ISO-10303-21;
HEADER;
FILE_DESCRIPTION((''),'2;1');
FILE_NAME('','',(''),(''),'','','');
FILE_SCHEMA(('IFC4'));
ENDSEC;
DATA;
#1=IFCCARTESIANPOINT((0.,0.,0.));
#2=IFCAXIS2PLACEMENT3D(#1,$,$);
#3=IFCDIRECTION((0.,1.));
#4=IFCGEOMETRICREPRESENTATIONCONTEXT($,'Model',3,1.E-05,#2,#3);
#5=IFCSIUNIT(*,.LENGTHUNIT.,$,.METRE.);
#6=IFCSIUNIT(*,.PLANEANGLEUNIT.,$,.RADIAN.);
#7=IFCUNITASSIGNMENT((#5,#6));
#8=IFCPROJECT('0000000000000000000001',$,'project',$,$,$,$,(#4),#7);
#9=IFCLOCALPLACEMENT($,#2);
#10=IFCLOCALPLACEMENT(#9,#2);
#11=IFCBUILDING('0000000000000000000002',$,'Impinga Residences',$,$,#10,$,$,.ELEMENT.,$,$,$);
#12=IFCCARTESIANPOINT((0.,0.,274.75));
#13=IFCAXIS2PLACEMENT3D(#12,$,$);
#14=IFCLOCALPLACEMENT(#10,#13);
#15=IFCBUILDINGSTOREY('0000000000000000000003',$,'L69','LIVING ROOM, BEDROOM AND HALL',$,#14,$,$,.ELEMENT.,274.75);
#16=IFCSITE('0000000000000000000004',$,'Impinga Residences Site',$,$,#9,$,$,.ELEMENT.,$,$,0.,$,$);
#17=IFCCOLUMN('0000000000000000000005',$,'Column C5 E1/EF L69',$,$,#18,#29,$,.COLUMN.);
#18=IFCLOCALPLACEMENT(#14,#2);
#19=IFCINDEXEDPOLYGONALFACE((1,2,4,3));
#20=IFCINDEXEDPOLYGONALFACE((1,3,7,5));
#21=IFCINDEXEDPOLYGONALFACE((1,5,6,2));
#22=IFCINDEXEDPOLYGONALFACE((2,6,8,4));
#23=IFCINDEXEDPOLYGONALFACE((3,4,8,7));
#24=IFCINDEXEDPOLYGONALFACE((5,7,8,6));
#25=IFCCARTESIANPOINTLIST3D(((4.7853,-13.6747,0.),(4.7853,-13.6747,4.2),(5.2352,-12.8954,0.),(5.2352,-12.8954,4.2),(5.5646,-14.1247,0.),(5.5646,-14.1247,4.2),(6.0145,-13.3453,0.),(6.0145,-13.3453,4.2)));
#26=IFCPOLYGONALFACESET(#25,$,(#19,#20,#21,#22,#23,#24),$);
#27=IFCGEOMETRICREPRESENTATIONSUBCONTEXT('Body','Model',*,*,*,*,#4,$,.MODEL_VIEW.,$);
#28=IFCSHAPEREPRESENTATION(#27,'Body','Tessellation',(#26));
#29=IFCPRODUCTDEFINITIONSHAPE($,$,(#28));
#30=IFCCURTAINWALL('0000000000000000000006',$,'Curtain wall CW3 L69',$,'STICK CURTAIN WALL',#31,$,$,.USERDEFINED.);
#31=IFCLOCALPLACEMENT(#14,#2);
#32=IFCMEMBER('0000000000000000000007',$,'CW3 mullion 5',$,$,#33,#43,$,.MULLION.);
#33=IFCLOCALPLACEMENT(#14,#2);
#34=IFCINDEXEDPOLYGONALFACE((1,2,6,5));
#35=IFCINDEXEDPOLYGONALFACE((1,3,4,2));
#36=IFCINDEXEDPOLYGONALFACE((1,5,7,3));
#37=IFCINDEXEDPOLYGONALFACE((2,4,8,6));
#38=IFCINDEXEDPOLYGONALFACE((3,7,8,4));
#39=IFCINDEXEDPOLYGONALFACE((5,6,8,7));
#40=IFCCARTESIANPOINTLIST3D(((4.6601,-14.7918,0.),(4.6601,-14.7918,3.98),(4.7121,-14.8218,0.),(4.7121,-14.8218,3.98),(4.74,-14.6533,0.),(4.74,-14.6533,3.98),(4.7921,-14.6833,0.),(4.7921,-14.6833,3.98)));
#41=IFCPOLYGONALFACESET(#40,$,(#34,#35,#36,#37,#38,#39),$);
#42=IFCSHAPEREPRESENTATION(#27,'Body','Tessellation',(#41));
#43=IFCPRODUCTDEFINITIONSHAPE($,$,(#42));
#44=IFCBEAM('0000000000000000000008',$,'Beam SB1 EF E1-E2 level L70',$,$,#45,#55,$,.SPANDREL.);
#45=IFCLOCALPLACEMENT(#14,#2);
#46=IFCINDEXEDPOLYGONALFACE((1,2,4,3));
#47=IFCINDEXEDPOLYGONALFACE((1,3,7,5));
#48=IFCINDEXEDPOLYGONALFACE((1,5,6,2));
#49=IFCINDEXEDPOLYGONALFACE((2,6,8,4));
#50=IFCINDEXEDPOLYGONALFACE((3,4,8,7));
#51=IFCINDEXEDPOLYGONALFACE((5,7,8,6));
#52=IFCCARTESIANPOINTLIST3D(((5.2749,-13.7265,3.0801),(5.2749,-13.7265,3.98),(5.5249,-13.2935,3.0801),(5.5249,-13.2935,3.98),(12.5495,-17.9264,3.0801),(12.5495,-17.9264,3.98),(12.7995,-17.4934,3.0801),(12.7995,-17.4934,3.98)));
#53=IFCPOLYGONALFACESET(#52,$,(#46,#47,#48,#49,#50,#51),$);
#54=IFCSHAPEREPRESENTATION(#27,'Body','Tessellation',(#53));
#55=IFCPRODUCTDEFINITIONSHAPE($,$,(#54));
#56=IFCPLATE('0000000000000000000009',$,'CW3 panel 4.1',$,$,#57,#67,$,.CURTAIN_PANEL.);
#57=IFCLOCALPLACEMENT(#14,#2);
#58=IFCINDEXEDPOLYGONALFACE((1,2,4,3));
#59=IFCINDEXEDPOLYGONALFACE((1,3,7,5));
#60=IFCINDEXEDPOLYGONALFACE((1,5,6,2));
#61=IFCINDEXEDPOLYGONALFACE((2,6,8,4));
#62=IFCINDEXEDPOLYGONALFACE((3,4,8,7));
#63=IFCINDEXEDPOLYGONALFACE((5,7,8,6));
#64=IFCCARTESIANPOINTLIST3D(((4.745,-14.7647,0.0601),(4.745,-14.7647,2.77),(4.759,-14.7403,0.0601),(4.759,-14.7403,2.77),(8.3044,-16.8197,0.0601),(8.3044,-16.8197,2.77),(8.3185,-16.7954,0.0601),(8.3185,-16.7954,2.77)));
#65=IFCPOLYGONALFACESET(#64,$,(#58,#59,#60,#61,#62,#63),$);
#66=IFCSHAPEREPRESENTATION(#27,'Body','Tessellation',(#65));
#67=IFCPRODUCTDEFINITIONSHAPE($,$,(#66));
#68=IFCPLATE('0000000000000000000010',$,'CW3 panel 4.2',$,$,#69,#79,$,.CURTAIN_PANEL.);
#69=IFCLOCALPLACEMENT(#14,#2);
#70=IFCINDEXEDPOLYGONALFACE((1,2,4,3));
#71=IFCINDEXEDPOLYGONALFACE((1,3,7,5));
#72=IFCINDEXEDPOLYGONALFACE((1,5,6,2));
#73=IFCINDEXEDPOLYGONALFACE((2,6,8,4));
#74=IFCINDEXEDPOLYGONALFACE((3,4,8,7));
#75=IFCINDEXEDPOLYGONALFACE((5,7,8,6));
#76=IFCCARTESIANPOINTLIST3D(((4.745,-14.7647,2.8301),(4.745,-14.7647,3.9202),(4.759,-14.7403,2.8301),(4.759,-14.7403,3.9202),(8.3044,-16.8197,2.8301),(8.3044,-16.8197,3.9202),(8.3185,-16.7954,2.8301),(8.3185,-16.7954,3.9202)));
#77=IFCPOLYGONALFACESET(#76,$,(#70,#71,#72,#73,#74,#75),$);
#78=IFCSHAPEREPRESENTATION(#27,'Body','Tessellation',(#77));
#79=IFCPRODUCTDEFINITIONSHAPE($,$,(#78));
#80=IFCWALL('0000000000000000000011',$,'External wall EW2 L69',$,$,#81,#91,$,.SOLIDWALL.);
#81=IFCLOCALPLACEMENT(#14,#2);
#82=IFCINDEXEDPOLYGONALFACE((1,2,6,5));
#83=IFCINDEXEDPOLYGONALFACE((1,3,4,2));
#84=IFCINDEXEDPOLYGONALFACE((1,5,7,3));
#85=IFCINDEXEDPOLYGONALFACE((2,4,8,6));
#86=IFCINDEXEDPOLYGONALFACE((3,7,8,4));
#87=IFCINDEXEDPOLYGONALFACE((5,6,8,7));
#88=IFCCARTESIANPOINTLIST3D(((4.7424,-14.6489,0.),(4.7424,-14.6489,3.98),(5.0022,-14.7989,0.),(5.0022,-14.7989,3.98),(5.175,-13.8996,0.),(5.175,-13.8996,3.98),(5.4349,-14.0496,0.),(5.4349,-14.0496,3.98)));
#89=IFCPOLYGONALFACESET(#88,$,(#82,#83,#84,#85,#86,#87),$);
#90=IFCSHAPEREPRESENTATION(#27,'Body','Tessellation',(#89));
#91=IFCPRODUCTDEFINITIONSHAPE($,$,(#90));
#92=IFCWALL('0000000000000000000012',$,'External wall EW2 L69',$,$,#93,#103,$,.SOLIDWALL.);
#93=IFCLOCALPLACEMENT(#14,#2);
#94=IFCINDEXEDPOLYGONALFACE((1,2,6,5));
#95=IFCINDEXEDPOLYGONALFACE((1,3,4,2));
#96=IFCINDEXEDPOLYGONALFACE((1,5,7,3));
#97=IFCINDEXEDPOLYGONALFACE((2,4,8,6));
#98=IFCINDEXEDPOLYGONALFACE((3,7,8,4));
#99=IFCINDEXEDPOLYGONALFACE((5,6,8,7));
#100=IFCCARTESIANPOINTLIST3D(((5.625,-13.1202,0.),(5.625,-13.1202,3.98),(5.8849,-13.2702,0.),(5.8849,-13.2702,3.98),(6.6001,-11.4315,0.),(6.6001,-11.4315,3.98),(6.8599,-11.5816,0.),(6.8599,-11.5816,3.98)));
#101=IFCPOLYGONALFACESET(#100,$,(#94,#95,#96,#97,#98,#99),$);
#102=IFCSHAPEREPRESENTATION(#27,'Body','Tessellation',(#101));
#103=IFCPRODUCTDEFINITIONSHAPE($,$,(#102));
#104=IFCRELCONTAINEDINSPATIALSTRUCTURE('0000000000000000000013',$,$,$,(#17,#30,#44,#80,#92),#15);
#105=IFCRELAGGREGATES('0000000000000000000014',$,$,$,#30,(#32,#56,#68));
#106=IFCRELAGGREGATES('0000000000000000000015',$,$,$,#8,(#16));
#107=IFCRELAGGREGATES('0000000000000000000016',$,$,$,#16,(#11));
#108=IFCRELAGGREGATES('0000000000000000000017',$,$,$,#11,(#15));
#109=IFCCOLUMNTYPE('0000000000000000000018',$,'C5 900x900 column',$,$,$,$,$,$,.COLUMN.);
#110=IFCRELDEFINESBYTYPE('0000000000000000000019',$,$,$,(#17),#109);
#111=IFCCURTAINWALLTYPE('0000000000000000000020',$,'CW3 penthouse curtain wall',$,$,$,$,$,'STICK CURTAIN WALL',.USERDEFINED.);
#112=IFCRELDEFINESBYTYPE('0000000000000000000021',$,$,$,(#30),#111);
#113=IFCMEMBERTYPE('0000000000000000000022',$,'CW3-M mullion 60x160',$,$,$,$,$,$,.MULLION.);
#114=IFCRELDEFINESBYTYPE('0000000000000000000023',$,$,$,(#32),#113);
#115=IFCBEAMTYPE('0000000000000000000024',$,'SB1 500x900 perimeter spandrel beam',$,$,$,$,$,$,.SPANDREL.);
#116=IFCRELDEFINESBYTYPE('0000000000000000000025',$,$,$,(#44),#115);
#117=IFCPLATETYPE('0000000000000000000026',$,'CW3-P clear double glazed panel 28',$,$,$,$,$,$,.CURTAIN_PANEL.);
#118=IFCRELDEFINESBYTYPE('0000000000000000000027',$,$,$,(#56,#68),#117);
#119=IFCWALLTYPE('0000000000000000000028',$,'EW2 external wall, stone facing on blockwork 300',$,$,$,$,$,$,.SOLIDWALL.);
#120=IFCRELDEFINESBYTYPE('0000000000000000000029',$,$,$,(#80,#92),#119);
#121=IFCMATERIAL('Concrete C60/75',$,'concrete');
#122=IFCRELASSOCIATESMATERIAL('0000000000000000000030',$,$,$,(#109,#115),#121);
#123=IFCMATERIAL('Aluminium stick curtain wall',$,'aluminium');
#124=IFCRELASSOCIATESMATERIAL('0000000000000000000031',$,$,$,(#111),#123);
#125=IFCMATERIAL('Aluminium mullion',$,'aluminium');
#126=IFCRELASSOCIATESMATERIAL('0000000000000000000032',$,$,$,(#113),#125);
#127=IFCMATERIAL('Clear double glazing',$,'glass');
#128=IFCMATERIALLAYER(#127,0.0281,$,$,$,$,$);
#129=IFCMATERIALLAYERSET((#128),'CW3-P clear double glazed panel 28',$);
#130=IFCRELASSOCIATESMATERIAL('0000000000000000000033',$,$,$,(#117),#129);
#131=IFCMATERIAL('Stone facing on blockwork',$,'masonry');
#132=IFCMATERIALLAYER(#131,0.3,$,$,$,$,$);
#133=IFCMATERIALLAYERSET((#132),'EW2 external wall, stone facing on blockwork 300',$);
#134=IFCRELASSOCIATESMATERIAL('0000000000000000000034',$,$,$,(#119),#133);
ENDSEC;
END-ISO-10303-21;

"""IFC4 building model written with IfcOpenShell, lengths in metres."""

from ifc_helpers import new_model, si_unit, direction, frame, frame_2d, origin, origin_2d, place, context, subcontext, project, spatial, rectangle, extrude, material, layer, layer_set, material_profile, profile_set, type_object, element, aggregate, save


model = new_model("IFC4")

# Units and contexts
model_context = context("Model", 3, precision=1e-05, world=origin(), true_north=direction((0.0, 1.0)))
body_context = subcontext(model_context, "Body", "Model", "MODEL_VIEW")
ifc_project = project(units=[si_unit("LENGTHUNIT", "METRE"), si_unit("PLANEANGLEUNIT", "RADIAN")], contexts=[model_context])

# Site, building, storey
site_placement = place(None, origin())
site = spatial("IfcSite", under=ifc_project, at=site_placement, Name="Impinga Residences Site", CompositionType="ELEMENT", RefElevation=0.0)
building_placement = place(site_placement, origin())
building = spatial("IfcBuilding", under=site, at=building_placement, Name="Impinga Residences", CompositionType="ELEMENT")
storey_placement = place(building_placement, frame((0.0, 0.0, 274.75)))
storey = spatial("IfcBuildingStorey", under=building, at=storey_placement, Name="L69", Description="LIVING ROOM, BEDROOM AND HALL", CompositionType="ELEMENT", Elevation=274.75)

# Column
ifc_material_1 = material(Name="Concrete C60/75", Category="concrete")
ifc_material_profile_1 = material_profile(ifc_material_1, rectangle(XDim=0.8999, YDim=0.8999, at=origin_2d()), Name="RC 900x900")
ifc_profile_set_1 = profile_set([ifc_material_profile_1], Name="Concrete C60/75")
column_type = type_object("IfcColumnType", Name="C5 900x900 column", PredefinedType="COLUMN", material=ifc_profile_set_1)
column_placement = place(storey_placement, frame((5.3999, -13.51, 0.0), z_axis=(0.0, 0.0, 1.0), x_axis=(-0.5, -0.866025, 0.0)))
element("IfcColumn", 1, at=column_placement, inside=storey, type_object=column_type, Name="Column C5 E1/EF L69", PredefinedType="COLUMN", context=body_context, shape_type="SweptSolid", body=[
    extrude(rectangle(XDim=0.8999, YDim=0.8999, at=origin_2d()), origin(), (0.0, 0.0, 1.0), 4.2),
])

# Curtain wall, member
ifc_material_2 = material(Name="Aluminium stick curtain wall", Category="aluminium")
curtain_wall_type = type_object("IfcCurtainWallType", Name="CW3 penthouse curtain wall", ElementType="STICK CURTAIN WALL", PredefinedType="USERDEFINED", material=ifc_material_2)
curtain_wall_placement = place(storey_placement, origin())
curtain_wall = element("IfcCurtainWall", 2, at=curtain_wall_placement, inside=storey, type_object=curtain_wall_type, Name="Curtain wall CW3 L69", ObjectType="STICK CURTAIN WALL", PredefinedType="USERDEFINED")
ifc_material_3 = material(Name="Aluminium mullion", Category="aluminium")
ifc_material_profile_2 = material_profile(ifc_material_3, rectangle(XDim=0.0601, YDim=0.1599, at=origin_2d()), Name="60x160 mullion")
ifc_profile_set_2 = profile_set([ifc_material_profile_2], Name="Aluminium mullion")
member_type = type_object("IfcMemberType", Name="CW3-M mullion 60x160", PredefinedType="MULLION", material=ifc_profile_set_2)
member_placement = place(storey_placement, frame((4.7261, -14.7375, 0.0), z_axis=(0.0, 0.0, 1.0), x_axis=(-0.866025, 0.5, 0.0)))
member = element("IfcMember", 3, at=member_placement, type_object=member_type, Name="CW3 mullion 5", PredefinedType="MULLION", context=body_context, shape_type="SweptSolid", body=[
    extrude(rectangle(XDim=0.0601, YDim=0.1599, at=origin_2d()), origin(), (0.0, 0.0, 1.0), 3.98),
])

# Beam
ifc_material_profile_3 = material_profile(ifc_material_1, rectangle(XDim=0.5, YDim=0.8999, at=origin_2d()), Name="RC 500x900")
ifc_profile_set_3 = profile_set([ifc_material_profile_3], Name="Concrete C60/75")
beam_type = type_object("IfcBeamType", Name="SB1 500x900 perimeter spandrel beam", PredefinedType="SPANDREL", material=ifc_profile_set_3)
beam_placement = place(storey_placement, frame((5.3999, -13.51, 3.53), z_axis=(0.866029, -0.499993, 0.0), x_axis=(0.499993, 0.866029, 0.0)))
element("IfcBeam", 4, at=beam_placement, inside=storey, type_object=beam_type, Name="Beam SB1 EF E1-E2 level L70", PredefinedType="SPANDREL", context=body_context, shape_type="SweptSolid", body=[
    extrude(rectangle(XDim=0.5, YDim=0.8999, at=origin_2d()), origin(), (0.0, 0.0, 1.0), 8.3999),
])

# Plates
ifc_material_4 = material(Name="Clear double glazing", Category="glass")
ifc_layer_1 = layer(ifc_material_4, 0.0281)
ifc_layer_set_1 = layer_set([ifc_layer_1], Name="CW3-P clear double glazed panel 28")
plate_type = type_object("IfcPlateType", Name="CW3-P clear double glazed panel 28", PredefinedType="CURTAIN_PANEL", material=ifc_layer_set_1)
plate_1_placement = place(storey_placement, frame((6.5317, -15.78, 0.0601), z_axis=(0.0, 0.0, 1.0), x_axis=(-0.866025, 0.5, 0.0)))
plate_1 = element("IfcPlate", 5, at=plate_1_placement, type_object=plate_type, Name="CW3 panel 4.1", PredefinedType="CURTAIN_PANEL", context=body_context, shape_type="SweptSolid", body=[
    extrude(rectangle(XDim=4.1101, YDim=0.0281, at=origin_2d()), origin(), (0.0, 0.0, 1.0), 2.71),
])
plate_2_placement = place(storey_placement, frame((6.5317, -15.78, 2.8301), z_axis=(0.0, 0.0, 1.0), x_axis=(-0.866025, 0.5, 0.0)))
plate_2 = element("IfcPlate", 6, at=plate_2_placement, type_object=plate_type, Name="CW3 panel 4.2", PredefinedType="CURTAIN_PANEL", context=body_context, shape_type="SweptSolid", body=[
    extrude(rectangle(XDim=4.1101, YDim=0.0281, at=origin_2d()), origin(), (0.0, 0.0, 1.0), 1.0901),
])
aggregate(curtain_wall, [member, plate_1, plate_2])

# Walls
ifc_material_5 = material(Name="Stone facing on blockwork", Category="masonry")
ifc_layer_2 = layer(ifc_material_5, 0.3)
ifc_layer_set_2 = layer_set([ifc_layer_2], Name="EW2 external wall, stone facing on blockwork 300")
wall_type_1 = type_object("IfcWallType", Name="EW2 external wall, stone facing on blockwork 300", PredefinedType="SOLIDWALL", material=ifc_layer_set_2)
wall_1_placement = place(storey_placement, frame((4.8723, -14.7239, 0.0), z_axis=(0.0, 0.0, 1.0), x_axis=(0.500024, 0.866012, 0.0)))
element("IfcWall", 7, at=wall_1_placement, inside=storey, type_object=wall_type_1, Name="External wall EW2 L69", PredefinedType="SOLIDWALL", context=body_context, shape_type="SweptSolid", body=[
    extrude(rectangle(XDim=0.8652, YDim=0.3, at=frame_2d((0.4326, 0.0))), origin(), (0.0, 0.0, 1.0), 3.98),
])
wall_2_placement = place(storey_placement, frame((5.7549, -13.1953, 0.0), z_axis=(0.0, 0.0, 1.0), x_axis=(0.500044, 0.866, 0.0)))
element("IfcWall", 8, at=wall_2_placement, inside=storey, type_object=wall_type_1, Name="External wall EW2 L69", PredefinedType="SOLIDWALL", context=body_context, shape_type="SweptSolid", body=[
    extrude(rectangle(XDim=1.95, YDim=0.3, at=frame_2d((0.9751, 0.0))), origin(), (0.0, 0.0, 1.0), 3.98),
])

save(model, "model.ifc")
